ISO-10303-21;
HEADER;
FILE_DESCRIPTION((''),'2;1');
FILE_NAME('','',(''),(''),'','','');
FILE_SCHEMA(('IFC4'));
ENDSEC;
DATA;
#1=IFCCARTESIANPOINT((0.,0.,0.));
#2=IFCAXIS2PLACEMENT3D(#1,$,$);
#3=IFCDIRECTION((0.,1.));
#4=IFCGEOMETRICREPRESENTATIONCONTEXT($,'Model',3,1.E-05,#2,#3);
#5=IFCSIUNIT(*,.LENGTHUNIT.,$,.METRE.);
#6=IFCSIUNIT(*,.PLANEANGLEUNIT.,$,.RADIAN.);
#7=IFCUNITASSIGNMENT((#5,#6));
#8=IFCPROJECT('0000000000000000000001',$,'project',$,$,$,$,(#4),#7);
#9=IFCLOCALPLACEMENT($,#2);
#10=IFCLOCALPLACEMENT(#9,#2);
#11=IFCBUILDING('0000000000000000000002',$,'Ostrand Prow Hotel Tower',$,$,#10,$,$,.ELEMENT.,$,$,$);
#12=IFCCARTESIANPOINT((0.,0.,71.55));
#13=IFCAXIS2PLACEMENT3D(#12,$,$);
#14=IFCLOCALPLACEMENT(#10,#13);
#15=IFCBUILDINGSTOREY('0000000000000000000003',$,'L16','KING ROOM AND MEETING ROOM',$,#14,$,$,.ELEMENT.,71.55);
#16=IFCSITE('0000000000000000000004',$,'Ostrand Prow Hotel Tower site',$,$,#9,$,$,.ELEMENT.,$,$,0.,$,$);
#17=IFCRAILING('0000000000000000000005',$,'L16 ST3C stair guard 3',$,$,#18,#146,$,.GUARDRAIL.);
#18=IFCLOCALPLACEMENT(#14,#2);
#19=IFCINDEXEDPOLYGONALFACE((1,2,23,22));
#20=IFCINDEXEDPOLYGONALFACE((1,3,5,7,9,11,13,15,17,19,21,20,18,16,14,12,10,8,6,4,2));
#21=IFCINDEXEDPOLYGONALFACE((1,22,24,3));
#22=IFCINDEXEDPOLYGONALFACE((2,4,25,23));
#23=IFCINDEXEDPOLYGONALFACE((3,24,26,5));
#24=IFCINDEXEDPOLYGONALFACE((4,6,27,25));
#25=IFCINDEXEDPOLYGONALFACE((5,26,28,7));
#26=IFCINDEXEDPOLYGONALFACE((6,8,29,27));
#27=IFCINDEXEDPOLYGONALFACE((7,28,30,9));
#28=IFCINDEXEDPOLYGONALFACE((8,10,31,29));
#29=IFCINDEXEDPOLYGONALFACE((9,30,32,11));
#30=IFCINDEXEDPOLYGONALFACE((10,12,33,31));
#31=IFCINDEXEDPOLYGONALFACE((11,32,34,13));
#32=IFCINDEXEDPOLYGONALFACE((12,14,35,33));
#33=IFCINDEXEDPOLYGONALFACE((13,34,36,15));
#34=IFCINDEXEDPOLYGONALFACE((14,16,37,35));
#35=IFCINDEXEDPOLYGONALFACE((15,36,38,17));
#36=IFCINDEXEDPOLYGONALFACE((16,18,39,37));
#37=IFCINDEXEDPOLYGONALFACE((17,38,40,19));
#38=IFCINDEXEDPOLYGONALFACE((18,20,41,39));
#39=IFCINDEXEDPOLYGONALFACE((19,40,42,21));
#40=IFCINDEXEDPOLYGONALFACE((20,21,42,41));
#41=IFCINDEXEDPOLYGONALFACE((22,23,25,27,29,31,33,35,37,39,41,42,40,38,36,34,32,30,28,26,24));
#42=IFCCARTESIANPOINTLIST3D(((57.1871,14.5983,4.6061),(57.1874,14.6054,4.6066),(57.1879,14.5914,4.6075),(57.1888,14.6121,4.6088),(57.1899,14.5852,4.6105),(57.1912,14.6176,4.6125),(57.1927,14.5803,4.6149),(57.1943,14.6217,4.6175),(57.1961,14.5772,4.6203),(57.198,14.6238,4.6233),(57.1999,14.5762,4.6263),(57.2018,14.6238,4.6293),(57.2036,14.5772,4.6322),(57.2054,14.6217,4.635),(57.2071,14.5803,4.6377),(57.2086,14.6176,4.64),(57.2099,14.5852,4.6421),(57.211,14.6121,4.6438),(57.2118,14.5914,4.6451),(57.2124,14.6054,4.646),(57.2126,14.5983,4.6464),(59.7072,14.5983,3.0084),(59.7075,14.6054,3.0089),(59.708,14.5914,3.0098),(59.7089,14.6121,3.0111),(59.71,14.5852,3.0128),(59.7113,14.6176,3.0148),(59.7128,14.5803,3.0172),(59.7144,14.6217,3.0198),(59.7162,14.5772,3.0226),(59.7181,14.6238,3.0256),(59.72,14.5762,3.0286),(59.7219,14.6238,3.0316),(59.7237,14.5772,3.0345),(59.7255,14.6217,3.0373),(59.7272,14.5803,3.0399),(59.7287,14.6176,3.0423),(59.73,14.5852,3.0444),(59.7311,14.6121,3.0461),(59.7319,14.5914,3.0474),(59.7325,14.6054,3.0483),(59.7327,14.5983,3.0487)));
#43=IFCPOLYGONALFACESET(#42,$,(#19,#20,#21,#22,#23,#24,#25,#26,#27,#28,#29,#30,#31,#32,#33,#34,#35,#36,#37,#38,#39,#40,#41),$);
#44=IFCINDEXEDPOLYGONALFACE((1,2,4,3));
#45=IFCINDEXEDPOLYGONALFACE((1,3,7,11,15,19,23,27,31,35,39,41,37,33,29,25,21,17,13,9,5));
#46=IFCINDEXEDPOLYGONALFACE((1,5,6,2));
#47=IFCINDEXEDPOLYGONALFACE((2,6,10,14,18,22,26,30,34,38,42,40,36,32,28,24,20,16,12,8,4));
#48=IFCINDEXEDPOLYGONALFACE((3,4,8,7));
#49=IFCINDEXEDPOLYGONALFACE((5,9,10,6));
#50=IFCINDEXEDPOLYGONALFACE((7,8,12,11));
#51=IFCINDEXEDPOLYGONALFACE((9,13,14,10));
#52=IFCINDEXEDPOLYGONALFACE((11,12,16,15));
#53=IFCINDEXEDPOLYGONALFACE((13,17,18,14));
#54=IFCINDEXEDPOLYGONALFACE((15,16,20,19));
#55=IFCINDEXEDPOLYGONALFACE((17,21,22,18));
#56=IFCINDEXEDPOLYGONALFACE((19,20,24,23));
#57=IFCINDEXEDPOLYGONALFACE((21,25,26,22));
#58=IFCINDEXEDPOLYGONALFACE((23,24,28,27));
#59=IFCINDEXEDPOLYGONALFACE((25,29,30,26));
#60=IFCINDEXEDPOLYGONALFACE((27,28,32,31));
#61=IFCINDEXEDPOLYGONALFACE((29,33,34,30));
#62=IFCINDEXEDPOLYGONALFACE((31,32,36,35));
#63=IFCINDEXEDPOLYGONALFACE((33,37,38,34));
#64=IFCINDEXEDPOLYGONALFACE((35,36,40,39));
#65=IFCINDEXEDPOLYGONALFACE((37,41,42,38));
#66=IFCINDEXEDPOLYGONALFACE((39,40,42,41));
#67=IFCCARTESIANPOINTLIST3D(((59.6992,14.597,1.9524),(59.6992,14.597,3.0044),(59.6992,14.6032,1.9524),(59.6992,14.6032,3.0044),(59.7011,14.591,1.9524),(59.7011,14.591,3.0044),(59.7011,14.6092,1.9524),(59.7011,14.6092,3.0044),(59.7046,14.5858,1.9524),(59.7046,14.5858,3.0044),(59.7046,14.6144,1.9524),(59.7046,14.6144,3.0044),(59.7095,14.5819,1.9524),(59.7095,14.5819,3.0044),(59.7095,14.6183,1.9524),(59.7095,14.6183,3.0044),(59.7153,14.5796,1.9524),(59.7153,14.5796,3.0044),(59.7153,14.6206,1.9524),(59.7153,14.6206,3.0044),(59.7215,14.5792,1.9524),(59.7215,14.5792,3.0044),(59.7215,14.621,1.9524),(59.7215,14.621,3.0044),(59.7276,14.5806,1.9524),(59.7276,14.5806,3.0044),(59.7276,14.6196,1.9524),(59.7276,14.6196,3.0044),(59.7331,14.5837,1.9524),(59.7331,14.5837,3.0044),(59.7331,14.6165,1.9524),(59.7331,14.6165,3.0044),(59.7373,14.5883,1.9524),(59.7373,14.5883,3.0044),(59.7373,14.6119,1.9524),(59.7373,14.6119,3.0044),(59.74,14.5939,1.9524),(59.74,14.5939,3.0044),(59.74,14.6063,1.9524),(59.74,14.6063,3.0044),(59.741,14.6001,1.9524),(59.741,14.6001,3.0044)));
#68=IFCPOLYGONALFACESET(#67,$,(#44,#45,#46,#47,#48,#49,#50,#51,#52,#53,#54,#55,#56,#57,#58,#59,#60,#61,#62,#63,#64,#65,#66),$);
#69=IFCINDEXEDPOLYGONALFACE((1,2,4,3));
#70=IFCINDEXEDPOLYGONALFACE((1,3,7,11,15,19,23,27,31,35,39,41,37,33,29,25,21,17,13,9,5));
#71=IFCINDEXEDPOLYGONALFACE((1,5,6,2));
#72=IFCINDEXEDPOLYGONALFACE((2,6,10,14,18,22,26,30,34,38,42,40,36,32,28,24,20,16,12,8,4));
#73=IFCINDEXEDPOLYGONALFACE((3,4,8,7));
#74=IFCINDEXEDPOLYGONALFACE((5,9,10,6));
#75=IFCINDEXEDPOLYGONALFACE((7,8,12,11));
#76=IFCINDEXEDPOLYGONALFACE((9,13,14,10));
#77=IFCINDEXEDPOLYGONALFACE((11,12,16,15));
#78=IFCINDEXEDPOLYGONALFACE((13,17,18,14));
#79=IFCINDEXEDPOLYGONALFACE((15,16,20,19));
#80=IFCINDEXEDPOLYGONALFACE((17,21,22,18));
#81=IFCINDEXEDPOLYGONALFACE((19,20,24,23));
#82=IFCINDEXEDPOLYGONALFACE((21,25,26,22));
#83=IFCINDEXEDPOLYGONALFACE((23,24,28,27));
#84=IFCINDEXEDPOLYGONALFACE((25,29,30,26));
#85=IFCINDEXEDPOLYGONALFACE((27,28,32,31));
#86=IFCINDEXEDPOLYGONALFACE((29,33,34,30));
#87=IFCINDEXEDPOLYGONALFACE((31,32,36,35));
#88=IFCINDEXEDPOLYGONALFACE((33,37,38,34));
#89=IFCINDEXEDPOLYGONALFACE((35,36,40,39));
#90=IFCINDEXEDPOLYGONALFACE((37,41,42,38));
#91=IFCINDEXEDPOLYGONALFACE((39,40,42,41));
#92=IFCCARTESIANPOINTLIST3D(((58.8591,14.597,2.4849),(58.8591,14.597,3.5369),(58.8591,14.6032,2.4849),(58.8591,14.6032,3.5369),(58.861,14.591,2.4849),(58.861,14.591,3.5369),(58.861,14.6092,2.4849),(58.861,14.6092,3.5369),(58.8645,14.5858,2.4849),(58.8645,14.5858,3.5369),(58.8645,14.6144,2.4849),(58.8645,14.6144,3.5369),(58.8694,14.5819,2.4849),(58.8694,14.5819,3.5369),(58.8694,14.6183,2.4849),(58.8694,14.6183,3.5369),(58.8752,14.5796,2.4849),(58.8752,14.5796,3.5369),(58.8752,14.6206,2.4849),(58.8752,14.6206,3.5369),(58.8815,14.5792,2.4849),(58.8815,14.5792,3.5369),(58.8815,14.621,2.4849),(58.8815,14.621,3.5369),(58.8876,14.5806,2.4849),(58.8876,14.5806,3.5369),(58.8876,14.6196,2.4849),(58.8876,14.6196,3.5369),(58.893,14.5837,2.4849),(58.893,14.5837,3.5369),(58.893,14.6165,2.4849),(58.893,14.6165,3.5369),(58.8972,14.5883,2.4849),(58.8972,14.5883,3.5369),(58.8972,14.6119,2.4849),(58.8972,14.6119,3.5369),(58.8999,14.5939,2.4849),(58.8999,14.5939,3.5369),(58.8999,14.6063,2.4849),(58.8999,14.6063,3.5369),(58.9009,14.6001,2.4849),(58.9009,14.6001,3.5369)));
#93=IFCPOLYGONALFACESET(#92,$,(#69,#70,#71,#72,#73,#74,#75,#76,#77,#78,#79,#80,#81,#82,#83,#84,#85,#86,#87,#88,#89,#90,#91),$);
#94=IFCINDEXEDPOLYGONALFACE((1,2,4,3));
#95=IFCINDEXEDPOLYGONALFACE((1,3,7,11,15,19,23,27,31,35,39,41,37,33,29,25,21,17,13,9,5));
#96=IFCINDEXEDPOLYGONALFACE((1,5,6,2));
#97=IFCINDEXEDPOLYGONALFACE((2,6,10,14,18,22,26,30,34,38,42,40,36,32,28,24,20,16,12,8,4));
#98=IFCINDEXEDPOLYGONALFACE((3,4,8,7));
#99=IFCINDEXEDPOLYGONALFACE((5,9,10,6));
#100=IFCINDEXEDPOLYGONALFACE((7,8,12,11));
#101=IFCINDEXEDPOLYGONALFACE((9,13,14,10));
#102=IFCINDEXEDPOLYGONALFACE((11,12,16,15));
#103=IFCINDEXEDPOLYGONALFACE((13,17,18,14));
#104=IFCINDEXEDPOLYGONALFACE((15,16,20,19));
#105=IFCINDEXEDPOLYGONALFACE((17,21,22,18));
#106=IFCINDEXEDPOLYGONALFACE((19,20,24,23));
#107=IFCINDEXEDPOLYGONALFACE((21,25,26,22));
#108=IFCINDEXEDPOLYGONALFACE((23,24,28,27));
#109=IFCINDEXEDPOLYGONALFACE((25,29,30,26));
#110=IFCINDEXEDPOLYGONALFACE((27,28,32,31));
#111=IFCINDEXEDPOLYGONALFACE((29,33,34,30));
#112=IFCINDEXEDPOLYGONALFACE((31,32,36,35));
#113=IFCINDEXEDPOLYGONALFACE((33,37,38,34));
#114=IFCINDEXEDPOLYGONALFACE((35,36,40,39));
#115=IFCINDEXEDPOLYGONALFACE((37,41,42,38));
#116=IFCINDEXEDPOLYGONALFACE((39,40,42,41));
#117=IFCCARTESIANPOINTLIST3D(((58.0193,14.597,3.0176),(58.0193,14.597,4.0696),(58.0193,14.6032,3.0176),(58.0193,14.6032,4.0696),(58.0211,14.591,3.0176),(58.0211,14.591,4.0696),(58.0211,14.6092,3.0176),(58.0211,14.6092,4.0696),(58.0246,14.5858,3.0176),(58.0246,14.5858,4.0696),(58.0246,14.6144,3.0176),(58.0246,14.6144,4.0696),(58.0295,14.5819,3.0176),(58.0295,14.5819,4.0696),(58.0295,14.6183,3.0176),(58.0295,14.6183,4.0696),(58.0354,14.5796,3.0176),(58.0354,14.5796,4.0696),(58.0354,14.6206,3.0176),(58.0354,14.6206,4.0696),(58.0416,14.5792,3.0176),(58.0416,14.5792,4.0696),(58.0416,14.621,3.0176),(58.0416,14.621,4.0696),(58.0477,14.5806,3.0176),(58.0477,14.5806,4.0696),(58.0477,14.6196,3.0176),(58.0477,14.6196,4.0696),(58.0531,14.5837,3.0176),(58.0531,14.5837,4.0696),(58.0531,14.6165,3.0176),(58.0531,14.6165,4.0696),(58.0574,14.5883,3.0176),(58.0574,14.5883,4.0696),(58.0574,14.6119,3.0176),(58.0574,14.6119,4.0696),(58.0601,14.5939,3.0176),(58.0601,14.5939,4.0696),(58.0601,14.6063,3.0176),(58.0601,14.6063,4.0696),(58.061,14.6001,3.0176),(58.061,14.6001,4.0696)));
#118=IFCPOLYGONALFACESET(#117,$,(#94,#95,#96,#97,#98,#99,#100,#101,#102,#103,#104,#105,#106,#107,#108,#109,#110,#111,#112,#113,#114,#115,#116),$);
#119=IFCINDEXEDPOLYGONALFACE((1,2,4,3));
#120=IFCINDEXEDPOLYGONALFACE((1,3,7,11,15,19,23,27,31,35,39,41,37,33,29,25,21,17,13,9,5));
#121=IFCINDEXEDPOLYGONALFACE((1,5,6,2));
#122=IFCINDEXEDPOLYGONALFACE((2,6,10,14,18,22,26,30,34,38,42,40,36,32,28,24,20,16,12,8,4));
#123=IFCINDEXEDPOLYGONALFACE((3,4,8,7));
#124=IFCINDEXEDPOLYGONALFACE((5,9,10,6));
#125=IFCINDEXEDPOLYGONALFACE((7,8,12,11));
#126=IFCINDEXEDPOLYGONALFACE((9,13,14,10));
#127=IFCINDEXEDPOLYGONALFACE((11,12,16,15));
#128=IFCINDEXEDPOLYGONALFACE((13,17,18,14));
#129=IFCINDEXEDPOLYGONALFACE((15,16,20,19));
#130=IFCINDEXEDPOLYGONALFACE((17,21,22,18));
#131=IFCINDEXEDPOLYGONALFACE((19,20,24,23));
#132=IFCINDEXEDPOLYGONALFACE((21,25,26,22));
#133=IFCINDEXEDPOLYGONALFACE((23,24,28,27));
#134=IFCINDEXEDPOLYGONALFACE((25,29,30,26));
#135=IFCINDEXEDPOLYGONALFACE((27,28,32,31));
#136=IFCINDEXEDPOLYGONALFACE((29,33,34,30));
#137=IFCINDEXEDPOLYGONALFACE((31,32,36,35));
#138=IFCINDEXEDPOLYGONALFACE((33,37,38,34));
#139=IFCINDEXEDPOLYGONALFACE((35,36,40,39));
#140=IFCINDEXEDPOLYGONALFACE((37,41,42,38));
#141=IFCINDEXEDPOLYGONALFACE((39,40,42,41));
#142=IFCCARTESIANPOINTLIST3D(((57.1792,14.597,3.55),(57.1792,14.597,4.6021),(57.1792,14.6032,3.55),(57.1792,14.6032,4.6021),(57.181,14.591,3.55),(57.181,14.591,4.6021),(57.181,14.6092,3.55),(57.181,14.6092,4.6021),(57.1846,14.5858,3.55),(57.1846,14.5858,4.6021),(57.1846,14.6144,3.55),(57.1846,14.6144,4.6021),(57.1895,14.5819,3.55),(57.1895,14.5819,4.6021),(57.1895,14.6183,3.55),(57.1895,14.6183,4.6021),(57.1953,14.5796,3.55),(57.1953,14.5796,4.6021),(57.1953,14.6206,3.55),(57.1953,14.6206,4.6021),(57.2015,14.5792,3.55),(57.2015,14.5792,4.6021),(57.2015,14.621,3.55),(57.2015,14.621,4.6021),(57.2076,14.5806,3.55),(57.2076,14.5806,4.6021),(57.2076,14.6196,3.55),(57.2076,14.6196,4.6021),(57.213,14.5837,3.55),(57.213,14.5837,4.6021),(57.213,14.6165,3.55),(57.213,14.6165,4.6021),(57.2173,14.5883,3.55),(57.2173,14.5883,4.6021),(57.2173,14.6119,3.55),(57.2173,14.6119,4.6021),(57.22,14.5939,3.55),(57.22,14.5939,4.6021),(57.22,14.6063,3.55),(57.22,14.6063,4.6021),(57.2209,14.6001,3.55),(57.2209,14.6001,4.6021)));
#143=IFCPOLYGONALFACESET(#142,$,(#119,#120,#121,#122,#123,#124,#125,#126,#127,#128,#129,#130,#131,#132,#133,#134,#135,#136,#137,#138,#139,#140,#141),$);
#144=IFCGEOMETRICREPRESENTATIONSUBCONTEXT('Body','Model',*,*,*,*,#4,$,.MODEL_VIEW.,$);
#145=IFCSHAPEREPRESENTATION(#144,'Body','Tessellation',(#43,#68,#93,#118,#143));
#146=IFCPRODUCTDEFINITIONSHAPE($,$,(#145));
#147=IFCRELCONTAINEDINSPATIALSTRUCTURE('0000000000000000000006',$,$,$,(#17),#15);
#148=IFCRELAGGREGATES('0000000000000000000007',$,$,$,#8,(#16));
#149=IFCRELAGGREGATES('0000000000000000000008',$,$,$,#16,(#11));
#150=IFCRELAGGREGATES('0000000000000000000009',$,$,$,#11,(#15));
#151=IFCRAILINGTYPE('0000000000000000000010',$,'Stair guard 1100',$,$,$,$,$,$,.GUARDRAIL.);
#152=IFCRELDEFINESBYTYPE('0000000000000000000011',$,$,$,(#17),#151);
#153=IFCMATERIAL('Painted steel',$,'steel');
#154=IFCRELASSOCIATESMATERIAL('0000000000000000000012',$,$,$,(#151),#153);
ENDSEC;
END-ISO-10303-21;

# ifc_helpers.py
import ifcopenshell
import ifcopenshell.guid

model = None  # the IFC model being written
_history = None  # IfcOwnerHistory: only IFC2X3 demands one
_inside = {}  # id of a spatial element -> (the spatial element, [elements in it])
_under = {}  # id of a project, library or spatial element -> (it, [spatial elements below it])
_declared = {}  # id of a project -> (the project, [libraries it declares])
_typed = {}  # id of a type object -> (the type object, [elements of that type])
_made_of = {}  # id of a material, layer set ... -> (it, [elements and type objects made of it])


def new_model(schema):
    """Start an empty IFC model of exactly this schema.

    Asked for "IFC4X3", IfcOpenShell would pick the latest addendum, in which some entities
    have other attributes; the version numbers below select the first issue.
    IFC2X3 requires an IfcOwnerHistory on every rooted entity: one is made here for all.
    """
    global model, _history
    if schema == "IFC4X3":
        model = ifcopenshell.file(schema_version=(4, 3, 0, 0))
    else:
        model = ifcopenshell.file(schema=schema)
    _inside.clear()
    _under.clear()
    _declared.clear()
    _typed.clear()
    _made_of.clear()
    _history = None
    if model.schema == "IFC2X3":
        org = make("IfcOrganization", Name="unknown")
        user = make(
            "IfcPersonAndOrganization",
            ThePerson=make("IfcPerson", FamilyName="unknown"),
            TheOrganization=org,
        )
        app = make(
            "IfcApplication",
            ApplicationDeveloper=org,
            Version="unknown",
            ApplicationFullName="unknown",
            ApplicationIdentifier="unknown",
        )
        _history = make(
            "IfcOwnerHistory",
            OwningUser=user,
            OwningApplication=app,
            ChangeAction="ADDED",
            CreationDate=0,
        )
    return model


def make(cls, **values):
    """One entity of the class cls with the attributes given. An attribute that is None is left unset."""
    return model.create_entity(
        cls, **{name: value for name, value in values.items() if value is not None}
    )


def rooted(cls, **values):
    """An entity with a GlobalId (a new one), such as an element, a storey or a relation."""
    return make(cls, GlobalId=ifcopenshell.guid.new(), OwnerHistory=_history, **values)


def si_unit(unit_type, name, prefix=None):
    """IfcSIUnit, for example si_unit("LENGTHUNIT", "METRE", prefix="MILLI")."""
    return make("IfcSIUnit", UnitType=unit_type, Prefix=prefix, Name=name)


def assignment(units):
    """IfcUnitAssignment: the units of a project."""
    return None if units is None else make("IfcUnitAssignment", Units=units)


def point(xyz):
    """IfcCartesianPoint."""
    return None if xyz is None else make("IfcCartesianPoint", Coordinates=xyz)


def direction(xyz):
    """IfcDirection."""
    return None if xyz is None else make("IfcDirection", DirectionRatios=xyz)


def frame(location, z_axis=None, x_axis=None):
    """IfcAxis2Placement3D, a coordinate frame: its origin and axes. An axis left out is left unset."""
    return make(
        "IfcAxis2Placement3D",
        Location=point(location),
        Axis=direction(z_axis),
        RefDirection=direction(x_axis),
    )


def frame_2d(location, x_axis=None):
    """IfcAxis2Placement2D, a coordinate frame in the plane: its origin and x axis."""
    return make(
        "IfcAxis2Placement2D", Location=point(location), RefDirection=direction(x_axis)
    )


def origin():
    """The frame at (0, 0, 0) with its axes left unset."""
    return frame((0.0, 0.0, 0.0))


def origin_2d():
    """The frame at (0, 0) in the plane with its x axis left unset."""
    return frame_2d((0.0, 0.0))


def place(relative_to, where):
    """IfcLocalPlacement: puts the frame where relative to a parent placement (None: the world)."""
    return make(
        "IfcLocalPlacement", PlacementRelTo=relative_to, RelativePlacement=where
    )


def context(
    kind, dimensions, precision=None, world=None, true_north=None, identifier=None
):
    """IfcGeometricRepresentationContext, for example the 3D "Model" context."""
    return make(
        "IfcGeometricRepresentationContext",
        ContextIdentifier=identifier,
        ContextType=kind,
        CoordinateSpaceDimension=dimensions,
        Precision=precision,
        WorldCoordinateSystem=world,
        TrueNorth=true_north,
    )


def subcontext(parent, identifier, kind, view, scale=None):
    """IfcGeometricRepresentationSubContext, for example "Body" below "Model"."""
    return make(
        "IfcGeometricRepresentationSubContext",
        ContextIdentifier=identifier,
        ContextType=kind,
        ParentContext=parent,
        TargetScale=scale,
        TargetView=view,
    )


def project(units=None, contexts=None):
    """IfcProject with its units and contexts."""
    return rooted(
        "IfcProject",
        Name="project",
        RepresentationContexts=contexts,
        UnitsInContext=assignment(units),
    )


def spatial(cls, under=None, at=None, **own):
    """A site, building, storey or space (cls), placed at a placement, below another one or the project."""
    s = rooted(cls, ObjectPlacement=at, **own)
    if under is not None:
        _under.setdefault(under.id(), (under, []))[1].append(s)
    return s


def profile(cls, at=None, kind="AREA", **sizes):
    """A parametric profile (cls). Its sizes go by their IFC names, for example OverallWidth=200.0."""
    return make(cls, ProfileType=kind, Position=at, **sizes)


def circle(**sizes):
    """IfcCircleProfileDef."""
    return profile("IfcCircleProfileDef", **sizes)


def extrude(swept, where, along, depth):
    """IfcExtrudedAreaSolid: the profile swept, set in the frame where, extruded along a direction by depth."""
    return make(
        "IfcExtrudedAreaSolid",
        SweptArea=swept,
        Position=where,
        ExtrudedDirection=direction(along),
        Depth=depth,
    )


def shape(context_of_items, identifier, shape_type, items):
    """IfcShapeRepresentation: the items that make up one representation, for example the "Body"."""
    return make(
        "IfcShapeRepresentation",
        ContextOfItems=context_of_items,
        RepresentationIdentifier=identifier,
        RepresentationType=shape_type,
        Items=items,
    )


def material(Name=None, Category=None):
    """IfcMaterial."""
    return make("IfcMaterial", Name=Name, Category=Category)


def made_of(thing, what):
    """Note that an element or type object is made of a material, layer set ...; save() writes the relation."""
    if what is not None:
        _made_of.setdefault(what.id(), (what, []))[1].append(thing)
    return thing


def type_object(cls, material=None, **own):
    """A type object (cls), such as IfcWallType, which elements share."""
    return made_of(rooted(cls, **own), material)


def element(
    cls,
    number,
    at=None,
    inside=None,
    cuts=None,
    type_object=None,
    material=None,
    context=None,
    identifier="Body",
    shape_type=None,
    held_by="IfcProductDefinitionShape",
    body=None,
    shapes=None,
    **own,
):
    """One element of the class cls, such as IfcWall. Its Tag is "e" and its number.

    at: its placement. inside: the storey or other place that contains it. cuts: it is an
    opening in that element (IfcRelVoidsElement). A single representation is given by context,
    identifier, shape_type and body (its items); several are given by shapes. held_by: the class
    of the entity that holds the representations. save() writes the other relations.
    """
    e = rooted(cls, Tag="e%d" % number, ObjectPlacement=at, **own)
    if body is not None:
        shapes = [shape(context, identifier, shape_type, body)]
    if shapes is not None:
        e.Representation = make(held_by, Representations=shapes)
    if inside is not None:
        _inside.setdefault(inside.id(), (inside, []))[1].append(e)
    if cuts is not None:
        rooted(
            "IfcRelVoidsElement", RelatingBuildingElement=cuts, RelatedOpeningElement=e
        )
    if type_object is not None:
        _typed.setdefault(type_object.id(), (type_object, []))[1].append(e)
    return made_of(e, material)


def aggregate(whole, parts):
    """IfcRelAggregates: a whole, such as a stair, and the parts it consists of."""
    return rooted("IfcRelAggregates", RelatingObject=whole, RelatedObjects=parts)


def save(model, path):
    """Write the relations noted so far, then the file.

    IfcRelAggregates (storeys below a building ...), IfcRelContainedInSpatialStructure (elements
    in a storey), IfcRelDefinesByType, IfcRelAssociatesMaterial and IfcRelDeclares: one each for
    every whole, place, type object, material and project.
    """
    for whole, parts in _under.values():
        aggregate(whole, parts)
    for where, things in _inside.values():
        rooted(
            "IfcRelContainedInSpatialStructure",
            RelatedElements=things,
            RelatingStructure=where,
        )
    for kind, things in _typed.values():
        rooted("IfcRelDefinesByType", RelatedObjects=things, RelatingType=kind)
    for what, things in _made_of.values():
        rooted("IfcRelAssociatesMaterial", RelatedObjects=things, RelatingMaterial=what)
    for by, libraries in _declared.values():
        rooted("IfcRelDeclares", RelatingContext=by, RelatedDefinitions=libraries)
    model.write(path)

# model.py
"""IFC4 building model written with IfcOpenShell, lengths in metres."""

from ifc_helpers import new_model, si_unit, direction, frame, origin, origin_2d, place, context, subcontext, project, spatial, circle, extrude, material, type_object, element, save


model = new_model("IFC4")

# Units and contexts
model_context = context("Model", 3, precision=1e-05, world=origin(), true_north=direction((0.0, 1.0)))
body_context = subcontext(model_context, "Body", "Model", "MODEL_VIEW")
ifc_project = project(units=[si_unit("LENGTHUNIT", "METRE"), si_unit("PLANEANGLEUNIT", "RADIAN")], contexts=[model_context])

# Site, building, storey
site_placement = place(None, origin())
site = spatial("IfcSite", under=ifc_project, at=site_placement, Name="Ostrand Prow Hotel Tower site", CompositionType="ELEMENT", RefElevation=0.0)
building_placement = place(site_placement, origin())
building = spatial("IfcBuilding", under=site, at=building_placement, Name="Ostrand Prow Hotel Tower", CompositionType="ELEMENT")
storey_placement = place(building_placement, frame((0.0, 0.0, 71.55)))
storey = spatial("IfcBuildingStorey", under=building, at=storey_placement, Name="L16", Description="KING ROOM AND MEETING ROOM", CompositionType="ELEMENT", Elevation=71.55)

# Railing
ifc_material_1 = material(Name="Painted steel", Category="steel")
railing_type_1 = type_object("IfcRailingType", Name="Stair guard 1100", PredefinedType="GUARDRAIL", material=ifc_material_1)
railing_1_placement = place(storey_placement, frame((59.72, 14.6001, 1.9524)))
element("IfcRailing", 1, at=railing_1_placement, inside=storey, type_object=railing_type_1, Name="L16 ST3C stair guard 3", PredefinedType="GUARDRAIL", context=body_context, shape_type="SweptSolid", body=[
    extrude(circle(Radius=0.0239, at=origin_2d()), frame((0.0, 0.0, 1.0762), z_axis=(-0.84457, 0.0, 0.535445), x_axis=(0.0, -1.0, 0.0)), (0.0, 0.0, 1.0), 2.9839),
    extrude(circle(Radius=0.021, at=origin_2d()), origin(), (0.0, 0.0, 1.0), 1.052),
    extrude(circle(Radius=0.021, at=origin_2d()), frame((-0.8401, 0.0, 0.5325)), (0.0, 0.0, 1.0), 1.052),
    extrude(circle(Radius=0.021, at=origin_2d()), frame((-1.6799, 0.0, 1.0652)), (0.0, 0.0, 1.0), 1.052),
    extrude(circle(Radius=0.021, at=origin_2d()), frame((-2.52, 0.0, 1.5977)), (0.0, 0.0, 1.0), 1.052),
])

save(model, "model.ifc")
